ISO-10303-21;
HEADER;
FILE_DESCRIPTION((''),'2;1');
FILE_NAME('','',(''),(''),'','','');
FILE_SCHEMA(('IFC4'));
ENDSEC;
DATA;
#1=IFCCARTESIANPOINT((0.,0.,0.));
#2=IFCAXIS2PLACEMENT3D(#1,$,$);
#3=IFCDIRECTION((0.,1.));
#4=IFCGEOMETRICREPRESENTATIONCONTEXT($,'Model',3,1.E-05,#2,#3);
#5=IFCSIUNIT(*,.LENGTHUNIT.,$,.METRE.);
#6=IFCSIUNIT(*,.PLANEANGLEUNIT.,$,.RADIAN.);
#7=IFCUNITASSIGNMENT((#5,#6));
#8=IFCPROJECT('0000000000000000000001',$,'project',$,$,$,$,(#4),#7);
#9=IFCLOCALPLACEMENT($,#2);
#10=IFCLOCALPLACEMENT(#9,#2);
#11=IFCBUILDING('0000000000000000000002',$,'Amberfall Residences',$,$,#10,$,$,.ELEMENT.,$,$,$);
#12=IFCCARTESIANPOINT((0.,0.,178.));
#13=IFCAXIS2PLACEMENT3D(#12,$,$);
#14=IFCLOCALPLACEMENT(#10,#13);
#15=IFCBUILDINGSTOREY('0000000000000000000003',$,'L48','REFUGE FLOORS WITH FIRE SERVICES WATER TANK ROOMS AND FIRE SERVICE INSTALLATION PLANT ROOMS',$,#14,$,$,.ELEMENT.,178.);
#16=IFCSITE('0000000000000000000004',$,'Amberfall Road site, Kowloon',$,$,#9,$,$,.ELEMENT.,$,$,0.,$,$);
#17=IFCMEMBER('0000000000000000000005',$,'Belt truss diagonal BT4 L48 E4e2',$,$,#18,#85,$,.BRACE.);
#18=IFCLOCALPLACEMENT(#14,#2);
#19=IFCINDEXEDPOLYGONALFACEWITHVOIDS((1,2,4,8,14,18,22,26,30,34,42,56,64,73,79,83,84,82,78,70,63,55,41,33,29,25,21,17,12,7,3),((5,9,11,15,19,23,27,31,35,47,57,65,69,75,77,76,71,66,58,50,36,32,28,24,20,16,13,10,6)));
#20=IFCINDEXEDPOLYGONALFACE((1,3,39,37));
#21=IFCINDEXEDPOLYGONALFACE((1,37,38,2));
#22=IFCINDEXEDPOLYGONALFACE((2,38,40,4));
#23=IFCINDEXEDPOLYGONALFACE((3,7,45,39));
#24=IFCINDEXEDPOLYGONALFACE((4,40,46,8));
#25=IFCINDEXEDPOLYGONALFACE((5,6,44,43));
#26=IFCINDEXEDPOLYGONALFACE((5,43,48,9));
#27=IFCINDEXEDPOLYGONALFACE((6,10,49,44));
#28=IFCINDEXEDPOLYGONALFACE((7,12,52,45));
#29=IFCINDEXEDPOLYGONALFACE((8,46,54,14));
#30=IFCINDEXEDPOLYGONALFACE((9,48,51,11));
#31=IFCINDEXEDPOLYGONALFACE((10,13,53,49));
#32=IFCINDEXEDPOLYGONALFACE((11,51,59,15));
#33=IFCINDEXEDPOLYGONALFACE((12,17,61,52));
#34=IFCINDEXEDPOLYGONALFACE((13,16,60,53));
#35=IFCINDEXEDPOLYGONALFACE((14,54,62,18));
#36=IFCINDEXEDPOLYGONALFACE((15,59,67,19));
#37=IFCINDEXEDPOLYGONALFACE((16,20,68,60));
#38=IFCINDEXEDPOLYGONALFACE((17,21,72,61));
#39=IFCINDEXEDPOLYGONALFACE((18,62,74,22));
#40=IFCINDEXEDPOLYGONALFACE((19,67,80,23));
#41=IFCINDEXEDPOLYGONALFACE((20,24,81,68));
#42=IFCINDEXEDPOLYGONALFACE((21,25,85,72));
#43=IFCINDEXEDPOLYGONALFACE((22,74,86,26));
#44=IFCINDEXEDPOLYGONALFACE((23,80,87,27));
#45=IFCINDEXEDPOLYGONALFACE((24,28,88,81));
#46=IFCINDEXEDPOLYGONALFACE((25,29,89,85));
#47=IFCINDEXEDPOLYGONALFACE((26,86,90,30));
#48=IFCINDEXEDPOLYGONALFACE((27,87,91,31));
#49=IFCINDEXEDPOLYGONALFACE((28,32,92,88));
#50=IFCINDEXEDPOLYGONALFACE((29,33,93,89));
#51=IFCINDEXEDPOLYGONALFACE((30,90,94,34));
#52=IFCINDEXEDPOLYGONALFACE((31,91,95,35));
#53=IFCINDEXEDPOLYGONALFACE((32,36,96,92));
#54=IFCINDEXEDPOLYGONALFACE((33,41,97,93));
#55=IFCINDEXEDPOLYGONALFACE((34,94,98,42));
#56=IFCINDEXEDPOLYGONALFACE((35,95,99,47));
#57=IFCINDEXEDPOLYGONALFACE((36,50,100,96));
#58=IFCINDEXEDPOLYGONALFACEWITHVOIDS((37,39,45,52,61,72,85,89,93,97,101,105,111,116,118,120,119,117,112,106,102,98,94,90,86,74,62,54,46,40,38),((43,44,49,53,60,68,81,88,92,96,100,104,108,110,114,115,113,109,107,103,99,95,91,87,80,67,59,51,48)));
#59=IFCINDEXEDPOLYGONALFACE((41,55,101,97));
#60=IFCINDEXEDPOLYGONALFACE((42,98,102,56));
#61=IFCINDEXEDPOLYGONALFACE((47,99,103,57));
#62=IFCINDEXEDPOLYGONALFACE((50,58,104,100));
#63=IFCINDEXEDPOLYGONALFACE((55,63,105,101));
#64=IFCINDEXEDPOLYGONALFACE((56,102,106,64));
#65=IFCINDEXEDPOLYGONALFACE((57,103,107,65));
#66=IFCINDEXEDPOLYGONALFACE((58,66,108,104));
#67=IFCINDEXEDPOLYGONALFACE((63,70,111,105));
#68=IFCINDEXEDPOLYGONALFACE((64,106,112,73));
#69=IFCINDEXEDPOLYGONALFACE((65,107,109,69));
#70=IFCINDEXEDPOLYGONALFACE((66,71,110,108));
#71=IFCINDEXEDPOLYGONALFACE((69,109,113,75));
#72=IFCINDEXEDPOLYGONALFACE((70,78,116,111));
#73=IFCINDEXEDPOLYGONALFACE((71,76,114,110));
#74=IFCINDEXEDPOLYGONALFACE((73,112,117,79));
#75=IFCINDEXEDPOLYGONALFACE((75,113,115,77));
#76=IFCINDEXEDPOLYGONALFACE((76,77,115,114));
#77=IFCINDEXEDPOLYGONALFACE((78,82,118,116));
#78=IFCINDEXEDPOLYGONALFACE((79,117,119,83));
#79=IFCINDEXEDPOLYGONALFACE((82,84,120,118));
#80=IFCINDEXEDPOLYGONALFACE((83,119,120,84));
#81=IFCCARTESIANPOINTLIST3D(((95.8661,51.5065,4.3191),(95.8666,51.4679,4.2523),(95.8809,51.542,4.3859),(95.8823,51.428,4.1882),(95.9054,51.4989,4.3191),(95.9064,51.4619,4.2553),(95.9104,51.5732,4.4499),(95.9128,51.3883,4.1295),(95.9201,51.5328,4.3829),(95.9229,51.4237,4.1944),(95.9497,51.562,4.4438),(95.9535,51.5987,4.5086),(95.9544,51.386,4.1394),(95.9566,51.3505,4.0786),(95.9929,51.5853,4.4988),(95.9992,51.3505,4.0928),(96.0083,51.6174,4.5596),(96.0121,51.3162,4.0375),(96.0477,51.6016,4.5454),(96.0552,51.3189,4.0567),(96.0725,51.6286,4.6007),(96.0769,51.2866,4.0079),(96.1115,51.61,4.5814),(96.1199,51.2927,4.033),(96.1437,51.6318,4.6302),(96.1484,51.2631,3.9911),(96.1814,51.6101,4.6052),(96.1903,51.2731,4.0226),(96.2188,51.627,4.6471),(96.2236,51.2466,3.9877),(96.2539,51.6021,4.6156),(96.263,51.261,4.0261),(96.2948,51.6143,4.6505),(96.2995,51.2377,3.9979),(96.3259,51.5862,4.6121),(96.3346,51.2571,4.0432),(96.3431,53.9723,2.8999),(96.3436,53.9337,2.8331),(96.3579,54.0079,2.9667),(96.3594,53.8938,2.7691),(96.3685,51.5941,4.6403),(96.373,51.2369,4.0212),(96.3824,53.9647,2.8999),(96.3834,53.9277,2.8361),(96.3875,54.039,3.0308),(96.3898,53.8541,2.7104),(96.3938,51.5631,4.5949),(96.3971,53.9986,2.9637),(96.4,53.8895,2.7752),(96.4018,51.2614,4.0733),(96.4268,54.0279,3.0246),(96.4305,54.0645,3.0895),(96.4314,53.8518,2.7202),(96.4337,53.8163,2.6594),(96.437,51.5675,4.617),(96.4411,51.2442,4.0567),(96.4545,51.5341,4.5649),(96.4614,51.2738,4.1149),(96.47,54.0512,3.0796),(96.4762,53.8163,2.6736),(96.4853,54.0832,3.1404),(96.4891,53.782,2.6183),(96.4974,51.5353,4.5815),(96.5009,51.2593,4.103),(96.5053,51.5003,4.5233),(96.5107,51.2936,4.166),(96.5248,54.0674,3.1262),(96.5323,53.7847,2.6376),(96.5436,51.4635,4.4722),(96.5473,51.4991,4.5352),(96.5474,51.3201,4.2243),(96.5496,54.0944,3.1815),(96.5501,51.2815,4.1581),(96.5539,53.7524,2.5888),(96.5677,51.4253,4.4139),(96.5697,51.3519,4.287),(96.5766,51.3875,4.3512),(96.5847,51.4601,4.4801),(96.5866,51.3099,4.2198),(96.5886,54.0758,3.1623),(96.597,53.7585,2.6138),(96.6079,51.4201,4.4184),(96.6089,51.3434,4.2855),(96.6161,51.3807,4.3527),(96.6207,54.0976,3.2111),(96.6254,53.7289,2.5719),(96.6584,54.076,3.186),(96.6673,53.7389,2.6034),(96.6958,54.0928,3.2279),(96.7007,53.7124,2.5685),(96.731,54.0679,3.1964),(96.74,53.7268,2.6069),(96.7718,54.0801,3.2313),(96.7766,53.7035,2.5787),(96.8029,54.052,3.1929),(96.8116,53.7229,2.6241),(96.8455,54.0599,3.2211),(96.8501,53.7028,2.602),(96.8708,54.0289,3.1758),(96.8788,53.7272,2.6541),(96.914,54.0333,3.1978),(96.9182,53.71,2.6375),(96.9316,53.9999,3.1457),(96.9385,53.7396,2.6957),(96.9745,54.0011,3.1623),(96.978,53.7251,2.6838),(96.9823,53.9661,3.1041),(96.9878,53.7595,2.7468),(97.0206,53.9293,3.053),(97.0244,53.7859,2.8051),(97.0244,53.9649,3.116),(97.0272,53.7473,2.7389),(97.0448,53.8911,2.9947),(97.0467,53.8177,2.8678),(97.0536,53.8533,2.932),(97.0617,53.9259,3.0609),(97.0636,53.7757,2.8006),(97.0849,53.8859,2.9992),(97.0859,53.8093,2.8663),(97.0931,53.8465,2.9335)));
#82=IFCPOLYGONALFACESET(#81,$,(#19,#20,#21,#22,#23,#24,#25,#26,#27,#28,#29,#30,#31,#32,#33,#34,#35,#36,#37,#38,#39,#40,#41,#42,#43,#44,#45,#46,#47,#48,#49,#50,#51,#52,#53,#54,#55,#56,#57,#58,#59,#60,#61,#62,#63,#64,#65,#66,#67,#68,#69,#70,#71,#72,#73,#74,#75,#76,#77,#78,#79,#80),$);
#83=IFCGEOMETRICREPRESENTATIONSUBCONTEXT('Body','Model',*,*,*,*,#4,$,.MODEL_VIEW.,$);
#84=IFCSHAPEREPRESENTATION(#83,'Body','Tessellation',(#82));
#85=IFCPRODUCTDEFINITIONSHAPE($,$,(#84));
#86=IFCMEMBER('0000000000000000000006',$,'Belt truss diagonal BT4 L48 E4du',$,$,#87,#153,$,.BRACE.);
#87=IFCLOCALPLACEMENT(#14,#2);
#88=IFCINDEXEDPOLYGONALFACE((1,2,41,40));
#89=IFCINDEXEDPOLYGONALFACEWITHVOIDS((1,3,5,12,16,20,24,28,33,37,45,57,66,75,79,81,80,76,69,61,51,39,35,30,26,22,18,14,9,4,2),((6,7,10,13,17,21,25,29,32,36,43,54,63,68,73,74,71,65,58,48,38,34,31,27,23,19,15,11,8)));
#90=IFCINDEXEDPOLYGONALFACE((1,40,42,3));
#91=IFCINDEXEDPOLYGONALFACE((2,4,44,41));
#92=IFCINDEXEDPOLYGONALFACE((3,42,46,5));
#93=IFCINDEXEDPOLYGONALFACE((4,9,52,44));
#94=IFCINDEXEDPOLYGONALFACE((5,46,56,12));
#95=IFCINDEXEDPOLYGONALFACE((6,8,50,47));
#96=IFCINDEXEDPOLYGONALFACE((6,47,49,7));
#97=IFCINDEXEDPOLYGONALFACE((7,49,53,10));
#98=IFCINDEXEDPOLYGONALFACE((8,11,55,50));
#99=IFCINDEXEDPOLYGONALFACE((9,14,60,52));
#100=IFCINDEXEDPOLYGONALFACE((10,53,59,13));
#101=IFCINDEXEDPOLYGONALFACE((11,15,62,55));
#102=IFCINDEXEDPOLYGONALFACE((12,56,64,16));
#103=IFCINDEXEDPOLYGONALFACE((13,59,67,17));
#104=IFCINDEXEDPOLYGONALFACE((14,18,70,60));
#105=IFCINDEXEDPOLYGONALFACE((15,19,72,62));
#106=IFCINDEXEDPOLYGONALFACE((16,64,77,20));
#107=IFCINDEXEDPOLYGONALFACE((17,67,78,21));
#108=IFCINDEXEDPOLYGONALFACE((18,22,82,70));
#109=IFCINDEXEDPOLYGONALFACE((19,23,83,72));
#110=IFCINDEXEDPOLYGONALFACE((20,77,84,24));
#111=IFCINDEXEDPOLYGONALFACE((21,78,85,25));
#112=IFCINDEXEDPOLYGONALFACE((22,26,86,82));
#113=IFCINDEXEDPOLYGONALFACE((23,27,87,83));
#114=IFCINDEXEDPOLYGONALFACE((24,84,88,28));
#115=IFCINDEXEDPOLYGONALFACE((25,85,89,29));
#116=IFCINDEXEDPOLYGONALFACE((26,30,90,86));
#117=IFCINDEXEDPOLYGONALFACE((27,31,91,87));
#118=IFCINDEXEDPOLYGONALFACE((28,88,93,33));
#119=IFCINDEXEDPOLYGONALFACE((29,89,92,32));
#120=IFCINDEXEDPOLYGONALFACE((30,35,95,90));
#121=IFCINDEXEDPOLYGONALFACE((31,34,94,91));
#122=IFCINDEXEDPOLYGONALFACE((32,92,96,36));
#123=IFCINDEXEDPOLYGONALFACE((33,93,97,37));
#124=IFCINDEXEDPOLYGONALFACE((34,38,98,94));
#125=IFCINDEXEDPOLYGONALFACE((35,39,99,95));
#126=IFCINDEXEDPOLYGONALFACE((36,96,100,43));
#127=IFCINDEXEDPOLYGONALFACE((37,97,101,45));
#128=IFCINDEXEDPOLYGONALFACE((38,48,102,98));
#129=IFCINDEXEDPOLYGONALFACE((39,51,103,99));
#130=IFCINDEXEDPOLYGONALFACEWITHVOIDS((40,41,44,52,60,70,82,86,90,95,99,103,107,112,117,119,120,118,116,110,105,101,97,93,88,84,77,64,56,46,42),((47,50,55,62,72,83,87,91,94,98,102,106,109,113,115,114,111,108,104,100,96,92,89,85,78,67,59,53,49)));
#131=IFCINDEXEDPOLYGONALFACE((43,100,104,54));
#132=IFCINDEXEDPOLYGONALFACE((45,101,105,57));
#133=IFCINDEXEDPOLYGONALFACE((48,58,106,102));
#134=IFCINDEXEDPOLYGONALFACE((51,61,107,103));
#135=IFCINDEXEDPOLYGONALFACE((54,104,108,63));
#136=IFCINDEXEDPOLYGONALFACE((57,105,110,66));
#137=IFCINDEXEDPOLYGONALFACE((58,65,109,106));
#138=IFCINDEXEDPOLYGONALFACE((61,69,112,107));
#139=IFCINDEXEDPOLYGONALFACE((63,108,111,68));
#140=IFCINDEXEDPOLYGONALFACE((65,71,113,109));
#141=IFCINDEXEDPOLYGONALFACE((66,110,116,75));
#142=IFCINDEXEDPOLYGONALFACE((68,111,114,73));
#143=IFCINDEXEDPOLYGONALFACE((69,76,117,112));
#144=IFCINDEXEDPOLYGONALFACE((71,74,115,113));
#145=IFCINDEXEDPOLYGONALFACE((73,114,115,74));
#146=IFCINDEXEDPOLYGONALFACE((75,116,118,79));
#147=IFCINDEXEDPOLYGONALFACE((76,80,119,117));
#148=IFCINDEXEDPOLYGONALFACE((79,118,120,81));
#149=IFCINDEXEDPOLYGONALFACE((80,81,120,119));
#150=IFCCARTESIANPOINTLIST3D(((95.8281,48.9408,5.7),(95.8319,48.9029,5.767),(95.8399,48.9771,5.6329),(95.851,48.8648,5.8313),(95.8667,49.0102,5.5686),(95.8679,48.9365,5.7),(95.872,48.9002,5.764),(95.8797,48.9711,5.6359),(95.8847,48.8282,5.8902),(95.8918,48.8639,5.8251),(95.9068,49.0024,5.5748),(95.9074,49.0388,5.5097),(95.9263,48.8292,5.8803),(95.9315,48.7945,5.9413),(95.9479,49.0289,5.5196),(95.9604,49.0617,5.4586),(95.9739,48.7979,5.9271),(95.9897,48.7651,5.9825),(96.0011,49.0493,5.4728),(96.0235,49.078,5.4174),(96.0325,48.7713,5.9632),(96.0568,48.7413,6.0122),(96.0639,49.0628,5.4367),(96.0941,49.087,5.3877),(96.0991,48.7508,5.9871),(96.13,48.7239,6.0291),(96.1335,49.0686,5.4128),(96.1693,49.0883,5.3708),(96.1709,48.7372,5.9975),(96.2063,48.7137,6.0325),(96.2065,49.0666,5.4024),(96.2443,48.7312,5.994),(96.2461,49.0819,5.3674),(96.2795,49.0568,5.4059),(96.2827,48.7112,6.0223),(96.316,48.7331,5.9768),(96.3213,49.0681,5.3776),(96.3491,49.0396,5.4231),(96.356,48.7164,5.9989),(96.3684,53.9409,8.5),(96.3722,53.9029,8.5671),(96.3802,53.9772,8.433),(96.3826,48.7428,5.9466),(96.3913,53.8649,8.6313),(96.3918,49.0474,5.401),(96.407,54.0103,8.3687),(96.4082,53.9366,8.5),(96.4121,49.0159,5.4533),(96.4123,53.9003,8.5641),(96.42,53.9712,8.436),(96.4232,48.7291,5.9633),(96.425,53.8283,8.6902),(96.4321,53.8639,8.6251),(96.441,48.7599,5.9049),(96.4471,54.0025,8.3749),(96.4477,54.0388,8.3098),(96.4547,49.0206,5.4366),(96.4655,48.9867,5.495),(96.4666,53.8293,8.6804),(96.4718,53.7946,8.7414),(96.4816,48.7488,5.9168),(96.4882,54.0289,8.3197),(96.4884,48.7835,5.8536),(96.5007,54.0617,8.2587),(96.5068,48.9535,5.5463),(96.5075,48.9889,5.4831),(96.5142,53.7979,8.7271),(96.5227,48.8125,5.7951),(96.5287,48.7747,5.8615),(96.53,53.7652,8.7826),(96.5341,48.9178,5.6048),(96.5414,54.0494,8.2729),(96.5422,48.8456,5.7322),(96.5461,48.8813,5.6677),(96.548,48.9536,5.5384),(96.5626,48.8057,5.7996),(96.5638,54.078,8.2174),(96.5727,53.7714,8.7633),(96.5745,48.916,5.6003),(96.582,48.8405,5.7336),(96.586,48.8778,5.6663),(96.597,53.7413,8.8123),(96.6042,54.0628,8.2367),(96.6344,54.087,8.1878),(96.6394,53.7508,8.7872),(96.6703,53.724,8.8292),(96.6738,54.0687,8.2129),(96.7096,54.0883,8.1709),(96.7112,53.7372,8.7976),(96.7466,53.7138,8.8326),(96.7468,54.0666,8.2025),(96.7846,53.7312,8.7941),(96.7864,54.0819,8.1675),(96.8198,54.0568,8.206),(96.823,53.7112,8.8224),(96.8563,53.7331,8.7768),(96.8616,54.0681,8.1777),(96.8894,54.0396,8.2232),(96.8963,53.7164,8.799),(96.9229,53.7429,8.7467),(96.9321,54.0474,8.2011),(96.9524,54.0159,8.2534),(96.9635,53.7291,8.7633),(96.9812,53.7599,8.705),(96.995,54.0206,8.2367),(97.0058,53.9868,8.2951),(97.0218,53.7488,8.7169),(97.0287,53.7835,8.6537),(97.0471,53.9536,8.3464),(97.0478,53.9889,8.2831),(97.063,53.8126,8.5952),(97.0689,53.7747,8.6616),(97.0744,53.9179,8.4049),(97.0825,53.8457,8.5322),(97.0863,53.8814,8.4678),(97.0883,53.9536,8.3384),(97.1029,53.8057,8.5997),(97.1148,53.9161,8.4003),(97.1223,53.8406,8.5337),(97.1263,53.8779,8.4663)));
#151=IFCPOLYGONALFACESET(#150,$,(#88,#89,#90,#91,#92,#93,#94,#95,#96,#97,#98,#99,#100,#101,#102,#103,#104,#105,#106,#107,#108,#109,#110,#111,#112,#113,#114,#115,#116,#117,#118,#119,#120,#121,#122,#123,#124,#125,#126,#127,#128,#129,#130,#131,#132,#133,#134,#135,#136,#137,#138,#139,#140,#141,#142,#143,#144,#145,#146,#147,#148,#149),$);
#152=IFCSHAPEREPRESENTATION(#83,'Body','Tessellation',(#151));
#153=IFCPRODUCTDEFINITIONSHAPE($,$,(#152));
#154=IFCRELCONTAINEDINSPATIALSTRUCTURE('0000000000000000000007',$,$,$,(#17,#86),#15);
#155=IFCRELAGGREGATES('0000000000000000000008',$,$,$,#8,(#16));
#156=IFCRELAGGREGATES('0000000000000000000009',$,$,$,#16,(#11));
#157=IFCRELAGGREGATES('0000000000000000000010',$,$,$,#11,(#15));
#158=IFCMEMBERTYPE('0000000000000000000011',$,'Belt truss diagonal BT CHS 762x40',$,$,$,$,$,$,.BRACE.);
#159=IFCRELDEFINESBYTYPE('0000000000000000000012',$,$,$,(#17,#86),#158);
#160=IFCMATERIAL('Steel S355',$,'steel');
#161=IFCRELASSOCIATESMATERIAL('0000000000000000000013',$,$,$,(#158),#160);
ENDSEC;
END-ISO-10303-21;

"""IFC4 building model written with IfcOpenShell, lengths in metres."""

from ifc_helpers import new_model, si_unit, direction, frame, origin, origin_2d, place, context, subcontext, project, spatial, hollow_circle, extrude, material, material_profile, profile_set, type_object, element, save


model = new_model("IFC4")

# Units and contexts
model_context = context("Model", 3, precision=1e-05, world=origin(), true_north=direction((0.0, 1.0)))
body_context = subcontext(model_context, "Body", "Model", "MODEL_VIEW")
ifc_project = project(units=[si_unit("LENGTHUNIT", "METRE"), si_unit("PLANEANGLEUNIT", "RADIAN")], contexts=[model_context])

# Site, building, storey
site_placement = place(None, origin())
site = spatial("IfcSite", under=ifc_project, at=site_placement, Name="Amberfall Road site, Kowloon", CompositionType="ELEMENT", RefElevation=0.0)
building_placement = place(site_placement, origin())
building = spatial("IfcBuilding", under=site, at=building_placement, Name="Amberfall Residences", CompositionType="ELEMENT")
storey_placement = place(building_placement, frame((0.0, 0.0, 178.0)))
storey = spatial("IfcBuildingStorey", under=building, at=storey_placement, Name="L48", Description="REFUGE FLOORS WITH FIRE SERVICES WATER TANK ROOMS AND FIRE SERVICE INSTALLATION PLANT ROOMS", CompositionType="ELEMENT", Elevation=178.0)

# Shared definitions
ifc_material_1 = material(Name="Steel S355", Category="steel")

# Members
ifc_material_profile_1 = material_profile(ifc_material_1, hollow_circle(Radius=0.3811, WallThickness=0.04, at=origin_2d()), Name="CHS 762x40")
ifc_profile_set_1 = profile_set([ifc_material_profile_1], Name="Steel S355")
member_type_1 = type_object("IfcMemberType", Name="Belt truss diagonal BT CHS 762x40", PredefinedType="BRACE", material=ifc_profile_set_1)
member_1_placement = place(storey_placement, frame((96.2402, 51.4341, 4.3191), z_axis=(0.165368, 0.854769, -0.491958), x_axis=(-0.981795, 0.189943, 0.0)))
element("IfcMember", 1, at=member_1_placement, inside=storey, type_object=member_type_1, Name="Belt truss diagonal BT4 L48 E4e2", PredefinedType="BRACE", context=body_context, shape_type="SweptSolid", body=[
    extrude(hollow_circle(Radius=0.3811, WallThickness=0.04, at=origin_2d()), origin(), (0.0, 0.0, 1.0), 2.8848),
])
member_2_placement = place(storey_placement, frame((96.207, 48.8999, 5.7), z_axis=(0.093863, 0.86865, 0.486453), x_axis=(-0.994213, 0.107431, 0.0)))
element("IfcMember", 2, at=member_2_placement, inside=storey, type_object=member_type_1, Name="Belt truss diagonal BT4 L48 E4du", PredefinedType="BRACE", context=body_context, shape_type="SweptSolid", body=[
    extrude(hollow_circle(Radius=0.3811, WallThickness=0.04, at=origin_2d()), origin(), (0.0, 0.0, 1.0), 5.7561),
])

save(model, "model.ifc")
